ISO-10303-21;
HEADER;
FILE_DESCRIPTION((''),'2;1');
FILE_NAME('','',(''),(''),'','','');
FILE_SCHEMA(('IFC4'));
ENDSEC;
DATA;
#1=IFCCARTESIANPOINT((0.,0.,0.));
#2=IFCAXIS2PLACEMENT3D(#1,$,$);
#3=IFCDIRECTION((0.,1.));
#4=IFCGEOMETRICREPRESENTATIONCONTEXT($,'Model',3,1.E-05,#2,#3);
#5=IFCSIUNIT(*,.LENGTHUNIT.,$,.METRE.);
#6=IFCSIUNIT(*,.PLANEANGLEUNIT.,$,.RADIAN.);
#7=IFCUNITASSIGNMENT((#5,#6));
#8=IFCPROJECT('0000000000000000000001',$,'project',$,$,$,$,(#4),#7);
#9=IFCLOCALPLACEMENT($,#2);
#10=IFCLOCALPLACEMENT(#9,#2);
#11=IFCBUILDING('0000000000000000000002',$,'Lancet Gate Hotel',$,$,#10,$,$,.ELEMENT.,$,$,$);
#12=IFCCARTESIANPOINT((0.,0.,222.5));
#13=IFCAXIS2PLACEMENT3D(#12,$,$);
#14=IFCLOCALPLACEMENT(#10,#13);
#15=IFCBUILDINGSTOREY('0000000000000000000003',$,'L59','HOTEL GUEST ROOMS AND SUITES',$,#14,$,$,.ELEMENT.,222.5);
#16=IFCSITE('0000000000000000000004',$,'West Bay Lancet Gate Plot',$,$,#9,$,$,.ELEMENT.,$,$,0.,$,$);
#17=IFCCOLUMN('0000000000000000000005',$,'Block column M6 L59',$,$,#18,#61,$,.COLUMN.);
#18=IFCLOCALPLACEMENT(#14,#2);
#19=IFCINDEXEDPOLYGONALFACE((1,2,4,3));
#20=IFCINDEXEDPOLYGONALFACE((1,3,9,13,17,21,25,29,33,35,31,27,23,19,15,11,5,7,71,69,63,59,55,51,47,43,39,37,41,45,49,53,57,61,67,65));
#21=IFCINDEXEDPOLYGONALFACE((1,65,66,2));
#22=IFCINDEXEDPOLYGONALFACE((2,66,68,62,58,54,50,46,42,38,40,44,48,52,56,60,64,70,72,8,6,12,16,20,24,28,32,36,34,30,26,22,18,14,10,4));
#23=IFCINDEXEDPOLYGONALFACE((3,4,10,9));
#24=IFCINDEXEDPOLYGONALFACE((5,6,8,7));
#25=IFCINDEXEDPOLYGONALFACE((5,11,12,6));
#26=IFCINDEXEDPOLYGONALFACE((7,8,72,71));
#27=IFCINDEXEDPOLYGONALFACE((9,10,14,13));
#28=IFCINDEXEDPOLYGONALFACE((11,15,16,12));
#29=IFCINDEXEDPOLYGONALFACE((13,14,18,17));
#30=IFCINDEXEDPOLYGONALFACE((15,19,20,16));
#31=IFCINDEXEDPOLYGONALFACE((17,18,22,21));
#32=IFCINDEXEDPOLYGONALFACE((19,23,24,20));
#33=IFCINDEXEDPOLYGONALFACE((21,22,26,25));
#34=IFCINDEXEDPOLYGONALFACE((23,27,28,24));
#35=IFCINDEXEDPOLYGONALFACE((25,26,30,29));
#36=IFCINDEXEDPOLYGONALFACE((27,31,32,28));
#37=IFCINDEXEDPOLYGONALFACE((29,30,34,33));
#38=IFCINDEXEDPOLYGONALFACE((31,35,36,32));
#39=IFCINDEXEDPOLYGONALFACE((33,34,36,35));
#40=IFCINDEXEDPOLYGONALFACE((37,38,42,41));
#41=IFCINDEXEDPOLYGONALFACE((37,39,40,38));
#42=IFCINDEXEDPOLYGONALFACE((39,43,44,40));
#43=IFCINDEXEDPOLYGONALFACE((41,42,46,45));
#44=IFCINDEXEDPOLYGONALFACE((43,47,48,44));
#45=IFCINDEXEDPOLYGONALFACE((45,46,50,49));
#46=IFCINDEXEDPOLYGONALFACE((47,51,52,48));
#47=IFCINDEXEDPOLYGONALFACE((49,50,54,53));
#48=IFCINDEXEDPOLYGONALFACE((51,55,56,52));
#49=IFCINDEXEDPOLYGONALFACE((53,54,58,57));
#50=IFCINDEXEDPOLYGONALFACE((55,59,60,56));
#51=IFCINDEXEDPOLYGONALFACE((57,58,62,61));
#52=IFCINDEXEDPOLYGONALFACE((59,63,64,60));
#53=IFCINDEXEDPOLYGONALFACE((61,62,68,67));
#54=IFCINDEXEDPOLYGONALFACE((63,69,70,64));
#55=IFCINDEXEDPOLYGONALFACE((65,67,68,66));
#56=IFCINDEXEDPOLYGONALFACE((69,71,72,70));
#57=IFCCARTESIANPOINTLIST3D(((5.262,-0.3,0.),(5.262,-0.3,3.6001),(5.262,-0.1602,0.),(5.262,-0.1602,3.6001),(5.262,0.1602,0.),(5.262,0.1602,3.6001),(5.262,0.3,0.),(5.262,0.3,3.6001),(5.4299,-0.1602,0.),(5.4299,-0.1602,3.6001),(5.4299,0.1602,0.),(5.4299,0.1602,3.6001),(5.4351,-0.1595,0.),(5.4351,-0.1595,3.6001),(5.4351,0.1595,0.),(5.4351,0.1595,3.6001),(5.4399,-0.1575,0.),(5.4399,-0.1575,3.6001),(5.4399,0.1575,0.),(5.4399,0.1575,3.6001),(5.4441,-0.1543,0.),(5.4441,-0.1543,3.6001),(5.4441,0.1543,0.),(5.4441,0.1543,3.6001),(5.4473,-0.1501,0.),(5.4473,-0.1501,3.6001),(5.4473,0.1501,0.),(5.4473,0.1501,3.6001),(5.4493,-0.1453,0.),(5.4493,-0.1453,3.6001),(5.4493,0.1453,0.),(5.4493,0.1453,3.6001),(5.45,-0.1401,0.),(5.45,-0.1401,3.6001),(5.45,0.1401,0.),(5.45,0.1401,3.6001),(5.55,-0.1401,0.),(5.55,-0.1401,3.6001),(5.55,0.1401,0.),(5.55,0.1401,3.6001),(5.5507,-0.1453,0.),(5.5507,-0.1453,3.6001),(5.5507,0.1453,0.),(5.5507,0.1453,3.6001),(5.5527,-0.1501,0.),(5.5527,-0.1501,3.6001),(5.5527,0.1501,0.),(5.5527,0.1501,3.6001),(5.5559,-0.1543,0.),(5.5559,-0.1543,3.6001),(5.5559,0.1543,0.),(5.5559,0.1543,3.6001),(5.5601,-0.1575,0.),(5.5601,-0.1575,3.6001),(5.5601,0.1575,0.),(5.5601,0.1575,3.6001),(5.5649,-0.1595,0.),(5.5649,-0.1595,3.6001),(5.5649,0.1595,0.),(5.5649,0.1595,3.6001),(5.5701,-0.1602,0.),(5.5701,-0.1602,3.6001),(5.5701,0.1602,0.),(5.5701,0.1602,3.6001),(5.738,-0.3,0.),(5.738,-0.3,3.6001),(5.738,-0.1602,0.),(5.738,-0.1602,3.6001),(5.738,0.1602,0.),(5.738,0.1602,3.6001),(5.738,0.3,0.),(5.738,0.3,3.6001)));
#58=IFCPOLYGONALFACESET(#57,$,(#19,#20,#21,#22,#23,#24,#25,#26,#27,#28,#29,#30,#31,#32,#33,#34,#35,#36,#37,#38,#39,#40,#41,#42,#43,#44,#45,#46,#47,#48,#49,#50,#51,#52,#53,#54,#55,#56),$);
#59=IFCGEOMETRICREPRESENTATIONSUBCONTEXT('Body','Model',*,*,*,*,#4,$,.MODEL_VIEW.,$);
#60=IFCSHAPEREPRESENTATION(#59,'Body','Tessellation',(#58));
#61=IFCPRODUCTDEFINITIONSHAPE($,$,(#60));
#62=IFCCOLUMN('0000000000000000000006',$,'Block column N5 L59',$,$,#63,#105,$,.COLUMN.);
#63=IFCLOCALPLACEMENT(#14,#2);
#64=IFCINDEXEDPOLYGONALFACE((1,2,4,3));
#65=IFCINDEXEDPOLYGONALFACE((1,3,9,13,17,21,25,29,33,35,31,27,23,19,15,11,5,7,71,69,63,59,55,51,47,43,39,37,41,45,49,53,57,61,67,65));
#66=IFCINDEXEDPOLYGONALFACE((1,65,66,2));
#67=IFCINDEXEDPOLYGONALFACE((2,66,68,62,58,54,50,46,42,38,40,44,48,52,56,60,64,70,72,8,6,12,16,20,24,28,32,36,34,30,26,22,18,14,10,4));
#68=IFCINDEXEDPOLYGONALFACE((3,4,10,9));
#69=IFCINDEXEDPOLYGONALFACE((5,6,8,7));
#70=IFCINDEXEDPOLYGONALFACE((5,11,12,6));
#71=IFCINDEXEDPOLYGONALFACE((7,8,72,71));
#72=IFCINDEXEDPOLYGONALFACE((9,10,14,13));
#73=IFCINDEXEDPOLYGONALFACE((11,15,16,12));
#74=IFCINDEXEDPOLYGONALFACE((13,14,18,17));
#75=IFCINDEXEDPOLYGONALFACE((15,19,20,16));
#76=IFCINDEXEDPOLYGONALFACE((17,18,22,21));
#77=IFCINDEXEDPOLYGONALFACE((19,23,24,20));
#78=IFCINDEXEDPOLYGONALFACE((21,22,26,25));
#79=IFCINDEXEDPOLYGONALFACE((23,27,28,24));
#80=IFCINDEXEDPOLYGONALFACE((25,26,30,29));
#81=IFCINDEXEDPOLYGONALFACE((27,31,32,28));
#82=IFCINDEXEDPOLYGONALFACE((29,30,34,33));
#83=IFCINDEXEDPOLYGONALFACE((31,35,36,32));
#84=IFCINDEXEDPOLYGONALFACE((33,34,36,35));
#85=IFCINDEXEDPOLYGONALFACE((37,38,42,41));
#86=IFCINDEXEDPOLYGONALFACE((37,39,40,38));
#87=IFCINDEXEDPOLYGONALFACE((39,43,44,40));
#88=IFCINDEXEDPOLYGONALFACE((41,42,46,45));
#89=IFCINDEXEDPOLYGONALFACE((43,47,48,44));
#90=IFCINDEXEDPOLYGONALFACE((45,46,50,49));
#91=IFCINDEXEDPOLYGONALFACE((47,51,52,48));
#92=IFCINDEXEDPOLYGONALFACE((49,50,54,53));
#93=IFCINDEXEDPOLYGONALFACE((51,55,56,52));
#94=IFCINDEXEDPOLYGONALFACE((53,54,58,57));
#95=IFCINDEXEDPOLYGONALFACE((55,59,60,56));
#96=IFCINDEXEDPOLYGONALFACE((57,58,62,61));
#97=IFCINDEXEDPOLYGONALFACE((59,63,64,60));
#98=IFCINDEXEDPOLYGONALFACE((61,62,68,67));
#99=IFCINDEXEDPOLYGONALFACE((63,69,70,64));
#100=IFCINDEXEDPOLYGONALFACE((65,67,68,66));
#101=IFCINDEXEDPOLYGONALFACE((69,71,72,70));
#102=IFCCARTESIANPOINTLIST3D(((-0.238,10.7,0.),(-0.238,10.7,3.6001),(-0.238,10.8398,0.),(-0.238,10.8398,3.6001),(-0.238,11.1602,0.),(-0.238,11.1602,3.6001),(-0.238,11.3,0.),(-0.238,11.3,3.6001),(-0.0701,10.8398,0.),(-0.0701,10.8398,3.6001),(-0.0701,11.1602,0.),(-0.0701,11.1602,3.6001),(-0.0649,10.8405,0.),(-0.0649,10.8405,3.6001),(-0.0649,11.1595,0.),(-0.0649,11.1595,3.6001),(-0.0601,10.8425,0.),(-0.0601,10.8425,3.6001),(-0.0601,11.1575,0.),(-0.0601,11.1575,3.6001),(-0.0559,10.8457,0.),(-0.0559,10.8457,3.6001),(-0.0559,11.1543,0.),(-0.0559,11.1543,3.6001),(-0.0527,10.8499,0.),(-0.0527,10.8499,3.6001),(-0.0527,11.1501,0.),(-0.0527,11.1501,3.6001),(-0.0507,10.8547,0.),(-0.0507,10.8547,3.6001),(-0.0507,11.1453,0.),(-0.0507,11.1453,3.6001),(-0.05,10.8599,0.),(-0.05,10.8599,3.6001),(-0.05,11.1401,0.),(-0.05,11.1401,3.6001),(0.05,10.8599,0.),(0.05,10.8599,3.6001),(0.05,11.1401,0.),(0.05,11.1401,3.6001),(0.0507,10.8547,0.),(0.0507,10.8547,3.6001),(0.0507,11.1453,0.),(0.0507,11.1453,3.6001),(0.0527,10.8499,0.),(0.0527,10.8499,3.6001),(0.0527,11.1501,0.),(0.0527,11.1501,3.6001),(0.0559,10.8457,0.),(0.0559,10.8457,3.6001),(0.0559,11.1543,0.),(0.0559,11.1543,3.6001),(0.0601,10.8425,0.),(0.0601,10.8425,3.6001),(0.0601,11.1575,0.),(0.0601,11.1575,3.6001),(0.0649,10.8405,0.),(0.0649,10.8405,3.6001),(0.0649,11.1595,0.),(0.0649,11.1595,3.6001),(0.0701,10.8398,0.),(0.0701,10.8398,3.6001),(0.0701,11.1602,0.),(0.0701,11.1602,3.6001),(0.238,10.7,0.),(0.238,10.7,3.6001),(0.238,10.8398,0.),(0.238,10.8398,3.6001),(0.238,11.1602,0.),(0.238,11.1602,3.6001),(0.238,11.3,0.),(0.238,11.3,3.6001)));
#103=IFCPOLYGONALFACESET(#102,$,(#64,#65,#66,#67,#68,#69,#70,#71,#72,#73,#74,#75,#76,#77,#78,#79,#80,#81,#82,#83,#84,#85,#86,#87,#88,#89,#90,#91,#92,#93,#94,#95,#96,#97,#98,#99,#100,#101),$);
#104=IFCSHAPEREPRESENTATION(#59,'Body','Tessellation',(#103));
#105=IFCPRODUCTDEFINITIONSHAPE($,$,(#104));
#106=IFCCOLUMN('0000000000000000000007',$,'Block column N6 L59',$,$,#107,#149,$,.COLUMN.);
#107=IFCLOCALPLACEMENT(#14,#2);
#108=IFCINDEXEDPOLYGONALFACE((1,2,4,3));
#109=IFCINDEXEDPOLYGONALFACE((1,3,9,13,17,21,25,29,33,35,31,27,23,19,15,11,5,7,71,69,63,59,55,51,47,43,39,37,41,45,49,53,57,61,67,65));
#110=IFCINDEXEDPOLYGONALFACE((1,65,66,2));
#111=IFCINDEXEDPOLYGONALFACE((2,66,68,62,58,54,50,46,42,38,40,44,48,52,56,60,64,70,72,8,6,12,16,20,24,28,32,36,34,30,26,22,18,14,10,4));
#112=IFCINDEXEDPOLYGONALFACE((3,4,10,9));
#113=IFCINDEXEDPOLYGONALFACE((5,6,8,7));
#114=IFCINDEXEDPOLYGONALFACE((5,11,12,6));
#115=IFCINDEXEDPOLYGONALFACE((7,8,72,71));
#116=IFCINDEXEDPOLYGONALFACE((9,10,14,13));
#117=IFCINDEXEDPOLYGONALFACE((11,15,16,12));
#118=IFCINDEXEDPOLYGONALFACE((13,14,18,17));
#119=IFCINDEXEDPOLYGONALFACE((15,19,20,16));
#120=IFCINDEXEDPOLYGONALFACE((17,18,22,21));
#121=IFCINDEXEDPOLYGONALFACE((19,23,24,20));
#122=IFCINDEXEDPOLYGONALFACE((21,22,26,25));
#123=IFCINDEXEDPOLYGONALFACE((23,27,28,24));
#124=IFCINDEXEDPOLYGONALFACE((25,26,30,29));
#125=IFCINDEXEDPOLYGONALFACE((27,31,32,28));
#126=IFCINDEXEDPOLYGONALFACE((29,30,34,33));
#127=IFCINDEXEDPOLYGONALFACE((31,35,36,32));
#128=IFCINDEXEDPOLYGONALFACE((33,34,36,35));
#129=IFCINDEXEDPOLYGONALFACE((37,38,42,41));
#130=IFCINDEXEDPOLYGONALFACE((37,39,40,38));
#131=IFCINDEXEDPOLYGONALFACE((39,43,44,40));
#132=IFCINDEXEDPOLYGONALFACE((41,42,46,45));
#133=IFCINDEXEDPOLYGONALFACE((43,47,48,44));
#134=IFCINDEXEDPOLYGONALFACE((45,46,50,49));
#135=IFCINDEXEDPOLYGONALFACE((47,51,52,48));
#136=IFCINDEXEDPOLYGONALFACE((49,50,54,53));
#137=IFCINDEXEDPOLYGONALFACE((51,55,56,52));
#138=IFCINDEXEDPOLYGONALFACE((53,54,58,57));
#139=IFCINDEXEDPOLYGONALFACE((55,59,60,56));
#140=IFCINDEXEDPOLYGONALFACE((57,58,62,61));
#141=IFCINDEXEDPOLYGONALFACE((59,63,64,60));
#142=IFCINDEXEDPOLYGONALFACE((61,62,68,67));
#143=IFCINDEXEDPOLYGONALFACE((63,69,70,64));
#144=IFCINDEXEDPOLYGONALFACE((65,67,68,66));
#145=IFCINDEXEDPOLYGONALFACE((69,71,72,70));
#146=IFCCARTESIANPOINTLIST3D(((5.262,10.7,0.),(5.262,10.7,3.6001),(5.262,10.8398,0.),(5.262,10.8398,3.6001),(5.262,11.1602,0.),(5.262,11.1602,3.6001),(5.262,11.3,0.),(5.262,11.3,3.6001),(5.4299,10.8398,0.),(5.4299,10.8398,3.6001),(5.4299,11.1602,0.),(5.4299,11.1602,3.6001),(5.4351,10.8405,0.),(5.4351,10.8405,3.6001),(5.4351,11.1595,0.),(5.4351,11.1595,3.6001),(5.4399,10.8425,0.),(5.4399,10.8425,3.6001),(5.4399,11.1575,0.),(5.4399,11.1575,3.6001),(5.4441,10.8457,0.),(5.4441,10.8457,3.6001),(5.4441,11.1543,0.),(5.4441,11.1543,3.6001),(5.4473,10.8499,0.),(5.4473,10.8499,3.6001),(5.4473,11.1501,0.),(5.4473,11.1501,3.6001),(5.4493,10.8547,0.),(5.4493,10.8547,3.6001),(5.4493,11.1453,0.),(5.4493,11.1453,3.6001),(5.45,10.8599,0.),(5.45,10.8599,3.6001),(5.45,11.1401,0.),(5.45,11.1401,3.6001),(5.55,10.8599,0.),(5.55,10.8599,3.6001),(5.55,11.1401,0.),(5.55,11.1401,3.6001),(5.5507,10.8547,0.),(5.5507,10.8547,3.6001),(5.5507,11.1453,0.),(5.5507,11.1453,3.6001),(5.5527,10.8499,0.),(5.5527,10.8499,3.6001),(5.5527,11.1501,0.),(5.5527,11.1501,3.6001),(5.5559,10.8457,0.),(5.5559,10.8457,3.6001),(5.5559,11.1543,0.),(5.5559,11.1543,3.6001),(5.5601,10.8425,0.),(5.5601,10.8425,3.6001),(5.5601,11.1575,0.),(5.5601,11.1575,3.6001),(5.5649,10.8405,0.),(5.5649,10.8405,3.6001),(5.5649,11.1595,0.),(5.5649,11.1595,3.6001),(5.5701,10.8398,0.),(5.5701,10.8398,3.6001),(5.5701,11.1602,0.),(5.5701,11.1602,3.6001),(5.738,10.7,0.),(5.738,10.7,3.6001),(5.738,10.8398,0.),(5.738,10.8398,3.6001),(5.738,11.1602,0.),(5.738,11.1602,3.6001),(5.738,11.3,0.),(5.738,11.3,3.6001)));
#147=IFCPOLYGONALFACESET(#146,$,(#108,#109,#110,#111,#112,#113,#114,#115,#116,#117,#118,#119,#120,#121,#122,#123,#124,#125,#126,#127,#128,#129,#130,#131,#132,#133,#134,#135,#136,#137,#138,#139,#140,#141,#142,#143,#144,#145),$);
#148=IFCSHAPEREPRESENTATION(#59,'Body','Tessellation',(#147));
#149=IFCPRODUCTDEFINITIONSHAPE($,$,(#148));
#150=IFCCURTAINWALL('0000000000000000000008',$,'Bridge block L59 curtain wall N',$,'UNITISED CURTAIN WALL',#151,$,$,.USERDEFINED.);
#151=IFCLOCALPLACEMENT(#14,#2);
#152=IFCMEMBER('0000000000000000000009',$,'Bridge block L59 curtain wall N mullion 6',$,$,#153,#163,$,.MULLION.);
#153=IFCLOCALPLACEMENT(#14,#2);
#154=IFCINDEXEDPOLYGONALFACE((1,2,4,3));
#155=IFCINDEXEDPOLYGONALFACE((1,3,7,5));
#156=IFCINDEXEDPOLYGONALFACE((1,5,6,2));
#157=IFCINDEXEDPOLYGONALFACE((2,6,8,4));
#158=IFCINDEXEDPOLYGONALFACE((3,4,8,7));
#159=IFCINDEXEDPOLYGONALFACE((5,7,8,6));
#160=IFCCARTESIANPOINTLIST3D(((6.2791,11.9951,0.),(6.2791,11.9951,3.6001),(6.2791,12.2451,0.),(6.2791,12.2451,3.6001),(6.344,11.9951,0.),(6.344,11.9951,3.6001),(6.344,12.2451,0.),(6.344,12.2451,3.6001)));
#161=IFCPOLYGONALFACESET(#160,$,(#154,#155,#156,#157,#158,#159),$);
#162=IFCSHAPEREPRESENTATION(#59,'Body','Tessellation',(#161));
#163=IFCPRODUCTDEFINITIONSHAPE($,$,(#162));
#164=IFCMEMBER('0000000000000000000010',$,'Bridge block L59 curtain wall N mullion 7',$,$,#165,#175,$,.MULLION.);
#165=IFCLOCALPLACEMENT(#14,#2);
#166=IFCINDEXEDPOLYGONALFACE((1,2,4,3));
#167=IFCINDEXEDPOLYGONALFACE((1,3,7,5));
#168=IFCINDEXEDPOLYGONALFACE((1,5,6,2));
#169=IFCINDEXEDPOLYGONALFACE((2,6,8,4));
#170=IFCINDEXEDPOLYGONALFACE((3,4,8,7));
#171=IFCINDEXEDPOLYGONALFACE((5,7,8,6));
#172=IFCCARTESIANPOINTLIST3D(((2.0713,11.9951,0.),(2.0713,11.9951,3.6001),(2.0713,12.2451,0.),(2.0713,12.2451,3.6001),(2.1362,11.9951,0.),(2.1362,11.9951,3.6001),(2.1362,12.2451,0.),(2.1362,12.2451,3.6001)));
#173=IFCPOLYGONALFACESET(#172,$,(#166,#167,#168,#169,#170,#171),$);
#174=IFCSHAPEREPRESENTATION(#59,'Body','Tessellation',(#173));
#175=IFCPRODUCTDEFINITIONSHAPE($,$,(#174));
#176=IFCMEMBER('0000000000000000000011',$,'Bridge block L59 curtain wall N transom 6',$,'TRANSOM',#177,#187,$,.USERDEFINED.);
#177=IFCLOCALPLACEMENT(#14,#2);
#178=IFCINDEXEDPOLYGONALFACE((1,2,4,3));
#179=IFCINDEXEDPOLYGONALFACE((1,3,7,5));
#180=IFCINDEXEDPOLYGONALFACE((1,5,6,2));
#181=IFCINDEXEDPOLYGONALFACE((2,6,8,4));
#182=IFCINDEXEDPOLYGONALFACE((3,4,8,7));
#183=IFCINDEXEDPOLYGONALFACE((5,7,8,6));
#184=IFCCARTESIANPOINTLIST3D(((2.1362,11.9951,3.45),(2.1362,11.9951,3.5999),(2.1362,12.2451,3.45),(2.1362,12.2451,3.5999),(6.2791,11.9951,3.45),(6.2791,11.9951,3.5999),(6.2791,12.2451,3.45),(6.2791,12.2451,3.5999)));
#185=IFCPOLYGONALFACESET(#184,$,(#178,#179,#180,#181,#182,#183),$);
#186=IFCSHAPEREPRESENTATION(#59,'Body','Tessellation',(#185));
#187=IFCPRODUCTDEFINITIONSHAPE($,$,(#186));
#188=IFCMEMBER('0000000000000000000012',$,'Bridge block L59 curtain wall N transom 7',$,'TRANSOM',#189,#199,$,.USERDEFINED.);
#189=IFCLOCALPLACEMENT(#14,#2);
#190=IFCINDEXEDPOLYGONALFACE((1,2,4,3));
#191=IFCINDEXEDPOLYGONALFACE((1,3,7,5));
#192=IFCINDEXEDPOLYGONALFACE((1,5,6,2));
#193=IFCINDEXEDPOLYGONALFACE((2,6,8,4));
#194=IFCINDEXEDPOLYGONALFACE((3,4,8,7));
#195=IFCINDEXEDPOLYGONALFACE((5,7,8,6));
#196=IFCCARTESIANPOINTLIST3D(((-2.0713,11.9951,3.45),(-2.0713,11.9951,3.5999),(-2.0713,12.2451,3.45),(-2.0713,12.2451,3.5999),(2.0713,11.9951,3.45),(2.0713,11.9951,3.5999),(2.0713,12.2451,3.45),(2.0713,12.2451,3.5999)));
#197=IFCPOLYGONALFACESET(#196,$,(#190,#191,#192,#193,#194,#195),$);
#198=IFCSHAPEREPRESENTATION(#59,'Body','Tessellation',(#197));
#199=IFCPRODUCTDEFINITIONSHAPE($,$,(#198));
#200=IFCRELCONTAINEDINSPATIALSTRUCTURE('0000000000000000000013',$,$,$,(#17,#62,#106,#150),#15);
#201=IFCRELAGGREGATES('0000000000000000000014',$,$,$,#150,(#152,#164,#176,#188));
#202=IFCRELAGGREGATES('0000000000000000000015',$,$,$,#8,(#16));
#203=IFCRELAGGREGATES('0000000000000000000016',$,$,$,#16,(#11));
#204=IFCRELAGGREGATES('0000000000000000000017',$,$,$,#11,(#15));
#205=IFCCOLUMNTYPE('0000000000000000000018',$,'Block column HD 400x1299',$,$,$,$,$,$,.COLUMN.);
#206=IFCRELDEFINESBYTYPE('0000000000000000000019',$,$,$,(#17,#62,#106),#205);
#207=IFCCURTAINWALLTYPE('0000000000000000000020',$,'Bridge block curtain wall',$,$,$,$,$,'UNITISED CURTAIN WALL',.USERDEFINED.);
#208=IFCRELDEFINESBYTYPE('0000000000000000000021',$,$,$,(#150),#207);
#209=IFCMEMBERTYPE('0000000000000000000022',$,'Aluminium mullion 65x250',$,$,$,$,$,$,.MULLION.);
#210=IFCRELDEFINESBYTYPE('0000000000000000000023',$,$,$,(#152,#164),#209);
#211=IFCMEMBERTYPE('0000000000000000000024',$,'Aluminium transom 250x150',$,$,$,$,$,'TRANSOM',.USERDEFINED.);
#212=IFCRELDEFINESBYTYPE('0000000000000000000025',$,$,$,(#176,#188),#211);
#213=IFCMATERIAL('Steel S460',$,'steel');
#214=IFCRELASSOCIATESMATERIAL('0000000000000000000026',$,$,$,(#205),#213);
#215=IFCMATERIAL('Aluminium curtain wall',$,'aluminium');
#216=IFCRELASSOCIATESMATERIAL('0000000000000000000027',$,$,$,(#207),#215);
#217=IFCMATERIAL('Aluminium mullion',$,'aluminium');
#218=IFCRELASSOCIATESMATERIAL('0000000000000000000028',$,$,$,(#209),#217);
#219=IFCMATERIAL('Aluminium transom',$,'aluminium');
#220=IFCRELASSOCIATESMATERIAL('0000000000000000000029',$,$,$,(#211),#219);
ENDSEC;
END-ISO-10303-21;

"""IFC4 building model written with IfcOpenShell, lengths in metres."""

from ifc_helpers import new_model, si_unit, direction, frame, origin, origin_2d, place, context, subcontext, project, spatial, rectangle, i_section, extrude, material, material_profile, profile_set, type_object, element, aggregate, save


model = new_model("IFC4")

# Units and contexts
model_context = context("Model", 3, precision=1e-05, world=origin(), true_north=direction((0.0, 1.0)))
body_context = subcontext(model_context, "Body", "Model", "MODEL_VIEW")
ifc_project = project(units=[si_unit("LENGTHUNIT", "METRE"), si_unit("PLANEANGLEUNIT", "RADIAN")], contexts=[model_context])

# Site, building, storey
site_placement = place(None, origin())
site = spatial("IfcSite", under=ifc_project, at=site_placement, Name="West Bay Lancet Gate Plot", CompositionType="ELEMENT", RefElevation=0.0)
building_placement = place(site_placement, origin())
building = spatial("IfcBuilding", under=site, at=building_placement, Name="Lancet Gate Hotel", CompositionType="ELEMENT")
storey_placement = place(building_placement, frame((0.0, 0.0, 222.5)))
storey = spatial("IfcBuildingStorey", under=building, at=storey_placement, Name="L59", Description="HOTEL GUEST ROOMS AND SUITES", CompositionType="ELEMENT", Elevation=222.5)

# Columns
ifc_material_1 = material(Name="Steel S460", Category="steel")
ifc_material_profile_1 = material_profile(ifc_material_1, i_section(OverallWidth=0.4761, OverallDepth=0.6001, WebThickness=0.1001, FlangeThickness=0.1399, FilletRadius=0.02, at=origin_2d()), Name="HD 400x1299")
ifc_profile_set_1 = profile_set([ifc_material_profile_1], Name="Steel S460")
column_type = type_object("IfcColumnType", Name="Block column HD 400x1299", PredefinedType="COLUMN", material=ifc_profile_set_1)
for number, where, z_axis, x_axis, name in (
    (1, (5.5, 0.0, 0.0), (0.0, 0.0, 1.0), (1.0, 0.0, 0.0), "Block column M6 L59"),
    (2, (0.0, 11.0, 0.0), (0.0, 0.0, 1.0), (1.0, 0.0, 0.0), "Block column N5 L59"),
    (3, (5.5, 11.0, 0.0), (0.0, 0.0, 1.0), (1.0, 0.0, 0.0), "Block column N6 L59"),
):
    element("IfcColumn", number, at=place(storey_placement, frame(where, z_axis=z_axis, x_axis=x_axis)), inside=storey, type_object=column_type, Name=name, PredefinedType="COLUMN", context=body_context, shape_type="SweptSolid", body=[
        extrude(i_section(OverallWidth=0.4761, OverallDepth=0.6001, WebThickness=0.1001, FlangeThickness=0.1399, FilletRadius=0.02, at=origin_2d()), origin(), (0.0, 0.0, 1.0), 3.6001),
    ])

# Curtain wall, members
ifc_material_2 = material(Name="Aluminium curtain wall", Category="aluminium")
curtain_wall_type = type_object("IfcCurtainWallType", Name="Bridge block curtain wall", ElementType="UNITISED CURTAIN WALL", PredefinedType="USERDEFINED", material=ifc_material_2)
curtain_wall_placement = place(storey_placement, origin())
curtain_wall = element("IfcCurtainWall", 4, at=curtain_wall_placement, inside=storey, type_object=curtain_wall_type, Name="Bridge block L59 curtain wall N", ObjectType="UNITISED CURTAIN WALL", PredefinedType="USERDEFINED")
ifc_material_3 = material(Name="Aluminium mullion", Category="aluminium")
ifc_material_profile_2 = material_profile(ifc_material_3, rectangle(XDim=0.0649, YDim=0.25, at=origin_2d()), Name="MULLION 65x250")
ifc_profile_set_2 = profile_set([ifc_material_profile_2], Name="Aluminium mullion")
member_type_1 = type_object("IfcMemberType", Name="Aluminium mullion 65x250", PredefinedType="MULLION", material=ifc_profile_set_2)
member_1_placement = place(storey_placement, frame((6.3115, 12.1201, 0.0), z_axis=(0.0, 0.0, 1.0), x_axis=(-1.0, 0.0, 0.0)))
member_1 = element("IfcMember", 5, at=member_1_placement, type_object=member_type_1, Name="Bridge block L59 curtain wall N mullion 6", PredefinedType="MULLION", context=body_context, shape_type="SweptSolid", body=[
    extrude(rectangle(XDim=0.0649, YDim=0.25, at=origin_2d()), origin(), (0.0, 0.0, 1.0), 3.6001),
])
member_2_placement = place(storey_placement, frame((2.1038, 12.1201, 0.0), z_axis=(0.0, 0.0, 1.0), x_axis=(-1.0, 0.0, 0.0)))
member_2 = element("IfcMember", 6, at=member_2_placement, type_object=member_type_1, Name="Bridge block L59 curtain wall N mullion 7", PredefinedType="MULLION", context=body_context, shape_type="SweptSolid", body=[
    extrude(rectangle(XDim=0.0649, YDim=0.25, at=origin_2d()), origin(), (0.0, 0.0, 1.0), 3.6001),
])
ifc_material_4 = material(Name="Aluminium transom", Category="aluminium")
ifc_material_profile_3 = material_profile(ifc_material_4, rectangle(XDim=0.25, YDim=0.1499, at=origin_2d()), Name="TRANSOM 250x150")
ifc_profile_set_3 = profile_set([ifc_material_profile_3], Name="Aluminium transom")
member_type_2 = type_object("IfcMemberType", Name="Aluminium transom 250x150", ElementType="TRANSOM", PredefinedType="USERDEFINED", material=ifc_profile_set_3)
member_3_placement = place(storey_placement, frame((6.2791, 12.1201, 3.5249), z_axis=(-1.0, 0.0, 0.0), x_axis=(0.0, -1.0, 0.0)))
member_3 = element("IfcMember", 7, at=member_3_placement, type_object=member_type_2, Name="Bridge block L59 curtain wall N transom 6", ObjectType="TRANSOM", PredefinedType="USERDEFINED", context=body_context, shape_type="SweptSolid", body=[
    extrude(rectangle(XDim=0.25, YDim=0.1499, at=origin_2d()), origin(), (0.0, 0.0, 1.0), 4.1428),
])
member_4_placement = place(storey_placement, frame((2.0713, 12.1201, 3.5249), z_axis=(-1.0, 0.0, 0.0), x_axis=(0.0, -1.0, 0.0)))
member_4 = element("IfcMember", 8, at=member_4_placement, type_object=member_type_2, Name="Bridge block L59 curtain wall N transom 7", ObjectType="TRANSOM", PredefinedType="USERDEFINED", context=body_context, shape_type="SweptSolid", body=[
    extrude(rectangle(XDim=0.25, YDim=0.1499, at=origin_2d()), origin(), (0.0, 0.0, 1.0), 4.1426),
])

aggregate(curtain_wall, [member_1, member_2, member_3, member_4])

save(model, "model.ifc")
